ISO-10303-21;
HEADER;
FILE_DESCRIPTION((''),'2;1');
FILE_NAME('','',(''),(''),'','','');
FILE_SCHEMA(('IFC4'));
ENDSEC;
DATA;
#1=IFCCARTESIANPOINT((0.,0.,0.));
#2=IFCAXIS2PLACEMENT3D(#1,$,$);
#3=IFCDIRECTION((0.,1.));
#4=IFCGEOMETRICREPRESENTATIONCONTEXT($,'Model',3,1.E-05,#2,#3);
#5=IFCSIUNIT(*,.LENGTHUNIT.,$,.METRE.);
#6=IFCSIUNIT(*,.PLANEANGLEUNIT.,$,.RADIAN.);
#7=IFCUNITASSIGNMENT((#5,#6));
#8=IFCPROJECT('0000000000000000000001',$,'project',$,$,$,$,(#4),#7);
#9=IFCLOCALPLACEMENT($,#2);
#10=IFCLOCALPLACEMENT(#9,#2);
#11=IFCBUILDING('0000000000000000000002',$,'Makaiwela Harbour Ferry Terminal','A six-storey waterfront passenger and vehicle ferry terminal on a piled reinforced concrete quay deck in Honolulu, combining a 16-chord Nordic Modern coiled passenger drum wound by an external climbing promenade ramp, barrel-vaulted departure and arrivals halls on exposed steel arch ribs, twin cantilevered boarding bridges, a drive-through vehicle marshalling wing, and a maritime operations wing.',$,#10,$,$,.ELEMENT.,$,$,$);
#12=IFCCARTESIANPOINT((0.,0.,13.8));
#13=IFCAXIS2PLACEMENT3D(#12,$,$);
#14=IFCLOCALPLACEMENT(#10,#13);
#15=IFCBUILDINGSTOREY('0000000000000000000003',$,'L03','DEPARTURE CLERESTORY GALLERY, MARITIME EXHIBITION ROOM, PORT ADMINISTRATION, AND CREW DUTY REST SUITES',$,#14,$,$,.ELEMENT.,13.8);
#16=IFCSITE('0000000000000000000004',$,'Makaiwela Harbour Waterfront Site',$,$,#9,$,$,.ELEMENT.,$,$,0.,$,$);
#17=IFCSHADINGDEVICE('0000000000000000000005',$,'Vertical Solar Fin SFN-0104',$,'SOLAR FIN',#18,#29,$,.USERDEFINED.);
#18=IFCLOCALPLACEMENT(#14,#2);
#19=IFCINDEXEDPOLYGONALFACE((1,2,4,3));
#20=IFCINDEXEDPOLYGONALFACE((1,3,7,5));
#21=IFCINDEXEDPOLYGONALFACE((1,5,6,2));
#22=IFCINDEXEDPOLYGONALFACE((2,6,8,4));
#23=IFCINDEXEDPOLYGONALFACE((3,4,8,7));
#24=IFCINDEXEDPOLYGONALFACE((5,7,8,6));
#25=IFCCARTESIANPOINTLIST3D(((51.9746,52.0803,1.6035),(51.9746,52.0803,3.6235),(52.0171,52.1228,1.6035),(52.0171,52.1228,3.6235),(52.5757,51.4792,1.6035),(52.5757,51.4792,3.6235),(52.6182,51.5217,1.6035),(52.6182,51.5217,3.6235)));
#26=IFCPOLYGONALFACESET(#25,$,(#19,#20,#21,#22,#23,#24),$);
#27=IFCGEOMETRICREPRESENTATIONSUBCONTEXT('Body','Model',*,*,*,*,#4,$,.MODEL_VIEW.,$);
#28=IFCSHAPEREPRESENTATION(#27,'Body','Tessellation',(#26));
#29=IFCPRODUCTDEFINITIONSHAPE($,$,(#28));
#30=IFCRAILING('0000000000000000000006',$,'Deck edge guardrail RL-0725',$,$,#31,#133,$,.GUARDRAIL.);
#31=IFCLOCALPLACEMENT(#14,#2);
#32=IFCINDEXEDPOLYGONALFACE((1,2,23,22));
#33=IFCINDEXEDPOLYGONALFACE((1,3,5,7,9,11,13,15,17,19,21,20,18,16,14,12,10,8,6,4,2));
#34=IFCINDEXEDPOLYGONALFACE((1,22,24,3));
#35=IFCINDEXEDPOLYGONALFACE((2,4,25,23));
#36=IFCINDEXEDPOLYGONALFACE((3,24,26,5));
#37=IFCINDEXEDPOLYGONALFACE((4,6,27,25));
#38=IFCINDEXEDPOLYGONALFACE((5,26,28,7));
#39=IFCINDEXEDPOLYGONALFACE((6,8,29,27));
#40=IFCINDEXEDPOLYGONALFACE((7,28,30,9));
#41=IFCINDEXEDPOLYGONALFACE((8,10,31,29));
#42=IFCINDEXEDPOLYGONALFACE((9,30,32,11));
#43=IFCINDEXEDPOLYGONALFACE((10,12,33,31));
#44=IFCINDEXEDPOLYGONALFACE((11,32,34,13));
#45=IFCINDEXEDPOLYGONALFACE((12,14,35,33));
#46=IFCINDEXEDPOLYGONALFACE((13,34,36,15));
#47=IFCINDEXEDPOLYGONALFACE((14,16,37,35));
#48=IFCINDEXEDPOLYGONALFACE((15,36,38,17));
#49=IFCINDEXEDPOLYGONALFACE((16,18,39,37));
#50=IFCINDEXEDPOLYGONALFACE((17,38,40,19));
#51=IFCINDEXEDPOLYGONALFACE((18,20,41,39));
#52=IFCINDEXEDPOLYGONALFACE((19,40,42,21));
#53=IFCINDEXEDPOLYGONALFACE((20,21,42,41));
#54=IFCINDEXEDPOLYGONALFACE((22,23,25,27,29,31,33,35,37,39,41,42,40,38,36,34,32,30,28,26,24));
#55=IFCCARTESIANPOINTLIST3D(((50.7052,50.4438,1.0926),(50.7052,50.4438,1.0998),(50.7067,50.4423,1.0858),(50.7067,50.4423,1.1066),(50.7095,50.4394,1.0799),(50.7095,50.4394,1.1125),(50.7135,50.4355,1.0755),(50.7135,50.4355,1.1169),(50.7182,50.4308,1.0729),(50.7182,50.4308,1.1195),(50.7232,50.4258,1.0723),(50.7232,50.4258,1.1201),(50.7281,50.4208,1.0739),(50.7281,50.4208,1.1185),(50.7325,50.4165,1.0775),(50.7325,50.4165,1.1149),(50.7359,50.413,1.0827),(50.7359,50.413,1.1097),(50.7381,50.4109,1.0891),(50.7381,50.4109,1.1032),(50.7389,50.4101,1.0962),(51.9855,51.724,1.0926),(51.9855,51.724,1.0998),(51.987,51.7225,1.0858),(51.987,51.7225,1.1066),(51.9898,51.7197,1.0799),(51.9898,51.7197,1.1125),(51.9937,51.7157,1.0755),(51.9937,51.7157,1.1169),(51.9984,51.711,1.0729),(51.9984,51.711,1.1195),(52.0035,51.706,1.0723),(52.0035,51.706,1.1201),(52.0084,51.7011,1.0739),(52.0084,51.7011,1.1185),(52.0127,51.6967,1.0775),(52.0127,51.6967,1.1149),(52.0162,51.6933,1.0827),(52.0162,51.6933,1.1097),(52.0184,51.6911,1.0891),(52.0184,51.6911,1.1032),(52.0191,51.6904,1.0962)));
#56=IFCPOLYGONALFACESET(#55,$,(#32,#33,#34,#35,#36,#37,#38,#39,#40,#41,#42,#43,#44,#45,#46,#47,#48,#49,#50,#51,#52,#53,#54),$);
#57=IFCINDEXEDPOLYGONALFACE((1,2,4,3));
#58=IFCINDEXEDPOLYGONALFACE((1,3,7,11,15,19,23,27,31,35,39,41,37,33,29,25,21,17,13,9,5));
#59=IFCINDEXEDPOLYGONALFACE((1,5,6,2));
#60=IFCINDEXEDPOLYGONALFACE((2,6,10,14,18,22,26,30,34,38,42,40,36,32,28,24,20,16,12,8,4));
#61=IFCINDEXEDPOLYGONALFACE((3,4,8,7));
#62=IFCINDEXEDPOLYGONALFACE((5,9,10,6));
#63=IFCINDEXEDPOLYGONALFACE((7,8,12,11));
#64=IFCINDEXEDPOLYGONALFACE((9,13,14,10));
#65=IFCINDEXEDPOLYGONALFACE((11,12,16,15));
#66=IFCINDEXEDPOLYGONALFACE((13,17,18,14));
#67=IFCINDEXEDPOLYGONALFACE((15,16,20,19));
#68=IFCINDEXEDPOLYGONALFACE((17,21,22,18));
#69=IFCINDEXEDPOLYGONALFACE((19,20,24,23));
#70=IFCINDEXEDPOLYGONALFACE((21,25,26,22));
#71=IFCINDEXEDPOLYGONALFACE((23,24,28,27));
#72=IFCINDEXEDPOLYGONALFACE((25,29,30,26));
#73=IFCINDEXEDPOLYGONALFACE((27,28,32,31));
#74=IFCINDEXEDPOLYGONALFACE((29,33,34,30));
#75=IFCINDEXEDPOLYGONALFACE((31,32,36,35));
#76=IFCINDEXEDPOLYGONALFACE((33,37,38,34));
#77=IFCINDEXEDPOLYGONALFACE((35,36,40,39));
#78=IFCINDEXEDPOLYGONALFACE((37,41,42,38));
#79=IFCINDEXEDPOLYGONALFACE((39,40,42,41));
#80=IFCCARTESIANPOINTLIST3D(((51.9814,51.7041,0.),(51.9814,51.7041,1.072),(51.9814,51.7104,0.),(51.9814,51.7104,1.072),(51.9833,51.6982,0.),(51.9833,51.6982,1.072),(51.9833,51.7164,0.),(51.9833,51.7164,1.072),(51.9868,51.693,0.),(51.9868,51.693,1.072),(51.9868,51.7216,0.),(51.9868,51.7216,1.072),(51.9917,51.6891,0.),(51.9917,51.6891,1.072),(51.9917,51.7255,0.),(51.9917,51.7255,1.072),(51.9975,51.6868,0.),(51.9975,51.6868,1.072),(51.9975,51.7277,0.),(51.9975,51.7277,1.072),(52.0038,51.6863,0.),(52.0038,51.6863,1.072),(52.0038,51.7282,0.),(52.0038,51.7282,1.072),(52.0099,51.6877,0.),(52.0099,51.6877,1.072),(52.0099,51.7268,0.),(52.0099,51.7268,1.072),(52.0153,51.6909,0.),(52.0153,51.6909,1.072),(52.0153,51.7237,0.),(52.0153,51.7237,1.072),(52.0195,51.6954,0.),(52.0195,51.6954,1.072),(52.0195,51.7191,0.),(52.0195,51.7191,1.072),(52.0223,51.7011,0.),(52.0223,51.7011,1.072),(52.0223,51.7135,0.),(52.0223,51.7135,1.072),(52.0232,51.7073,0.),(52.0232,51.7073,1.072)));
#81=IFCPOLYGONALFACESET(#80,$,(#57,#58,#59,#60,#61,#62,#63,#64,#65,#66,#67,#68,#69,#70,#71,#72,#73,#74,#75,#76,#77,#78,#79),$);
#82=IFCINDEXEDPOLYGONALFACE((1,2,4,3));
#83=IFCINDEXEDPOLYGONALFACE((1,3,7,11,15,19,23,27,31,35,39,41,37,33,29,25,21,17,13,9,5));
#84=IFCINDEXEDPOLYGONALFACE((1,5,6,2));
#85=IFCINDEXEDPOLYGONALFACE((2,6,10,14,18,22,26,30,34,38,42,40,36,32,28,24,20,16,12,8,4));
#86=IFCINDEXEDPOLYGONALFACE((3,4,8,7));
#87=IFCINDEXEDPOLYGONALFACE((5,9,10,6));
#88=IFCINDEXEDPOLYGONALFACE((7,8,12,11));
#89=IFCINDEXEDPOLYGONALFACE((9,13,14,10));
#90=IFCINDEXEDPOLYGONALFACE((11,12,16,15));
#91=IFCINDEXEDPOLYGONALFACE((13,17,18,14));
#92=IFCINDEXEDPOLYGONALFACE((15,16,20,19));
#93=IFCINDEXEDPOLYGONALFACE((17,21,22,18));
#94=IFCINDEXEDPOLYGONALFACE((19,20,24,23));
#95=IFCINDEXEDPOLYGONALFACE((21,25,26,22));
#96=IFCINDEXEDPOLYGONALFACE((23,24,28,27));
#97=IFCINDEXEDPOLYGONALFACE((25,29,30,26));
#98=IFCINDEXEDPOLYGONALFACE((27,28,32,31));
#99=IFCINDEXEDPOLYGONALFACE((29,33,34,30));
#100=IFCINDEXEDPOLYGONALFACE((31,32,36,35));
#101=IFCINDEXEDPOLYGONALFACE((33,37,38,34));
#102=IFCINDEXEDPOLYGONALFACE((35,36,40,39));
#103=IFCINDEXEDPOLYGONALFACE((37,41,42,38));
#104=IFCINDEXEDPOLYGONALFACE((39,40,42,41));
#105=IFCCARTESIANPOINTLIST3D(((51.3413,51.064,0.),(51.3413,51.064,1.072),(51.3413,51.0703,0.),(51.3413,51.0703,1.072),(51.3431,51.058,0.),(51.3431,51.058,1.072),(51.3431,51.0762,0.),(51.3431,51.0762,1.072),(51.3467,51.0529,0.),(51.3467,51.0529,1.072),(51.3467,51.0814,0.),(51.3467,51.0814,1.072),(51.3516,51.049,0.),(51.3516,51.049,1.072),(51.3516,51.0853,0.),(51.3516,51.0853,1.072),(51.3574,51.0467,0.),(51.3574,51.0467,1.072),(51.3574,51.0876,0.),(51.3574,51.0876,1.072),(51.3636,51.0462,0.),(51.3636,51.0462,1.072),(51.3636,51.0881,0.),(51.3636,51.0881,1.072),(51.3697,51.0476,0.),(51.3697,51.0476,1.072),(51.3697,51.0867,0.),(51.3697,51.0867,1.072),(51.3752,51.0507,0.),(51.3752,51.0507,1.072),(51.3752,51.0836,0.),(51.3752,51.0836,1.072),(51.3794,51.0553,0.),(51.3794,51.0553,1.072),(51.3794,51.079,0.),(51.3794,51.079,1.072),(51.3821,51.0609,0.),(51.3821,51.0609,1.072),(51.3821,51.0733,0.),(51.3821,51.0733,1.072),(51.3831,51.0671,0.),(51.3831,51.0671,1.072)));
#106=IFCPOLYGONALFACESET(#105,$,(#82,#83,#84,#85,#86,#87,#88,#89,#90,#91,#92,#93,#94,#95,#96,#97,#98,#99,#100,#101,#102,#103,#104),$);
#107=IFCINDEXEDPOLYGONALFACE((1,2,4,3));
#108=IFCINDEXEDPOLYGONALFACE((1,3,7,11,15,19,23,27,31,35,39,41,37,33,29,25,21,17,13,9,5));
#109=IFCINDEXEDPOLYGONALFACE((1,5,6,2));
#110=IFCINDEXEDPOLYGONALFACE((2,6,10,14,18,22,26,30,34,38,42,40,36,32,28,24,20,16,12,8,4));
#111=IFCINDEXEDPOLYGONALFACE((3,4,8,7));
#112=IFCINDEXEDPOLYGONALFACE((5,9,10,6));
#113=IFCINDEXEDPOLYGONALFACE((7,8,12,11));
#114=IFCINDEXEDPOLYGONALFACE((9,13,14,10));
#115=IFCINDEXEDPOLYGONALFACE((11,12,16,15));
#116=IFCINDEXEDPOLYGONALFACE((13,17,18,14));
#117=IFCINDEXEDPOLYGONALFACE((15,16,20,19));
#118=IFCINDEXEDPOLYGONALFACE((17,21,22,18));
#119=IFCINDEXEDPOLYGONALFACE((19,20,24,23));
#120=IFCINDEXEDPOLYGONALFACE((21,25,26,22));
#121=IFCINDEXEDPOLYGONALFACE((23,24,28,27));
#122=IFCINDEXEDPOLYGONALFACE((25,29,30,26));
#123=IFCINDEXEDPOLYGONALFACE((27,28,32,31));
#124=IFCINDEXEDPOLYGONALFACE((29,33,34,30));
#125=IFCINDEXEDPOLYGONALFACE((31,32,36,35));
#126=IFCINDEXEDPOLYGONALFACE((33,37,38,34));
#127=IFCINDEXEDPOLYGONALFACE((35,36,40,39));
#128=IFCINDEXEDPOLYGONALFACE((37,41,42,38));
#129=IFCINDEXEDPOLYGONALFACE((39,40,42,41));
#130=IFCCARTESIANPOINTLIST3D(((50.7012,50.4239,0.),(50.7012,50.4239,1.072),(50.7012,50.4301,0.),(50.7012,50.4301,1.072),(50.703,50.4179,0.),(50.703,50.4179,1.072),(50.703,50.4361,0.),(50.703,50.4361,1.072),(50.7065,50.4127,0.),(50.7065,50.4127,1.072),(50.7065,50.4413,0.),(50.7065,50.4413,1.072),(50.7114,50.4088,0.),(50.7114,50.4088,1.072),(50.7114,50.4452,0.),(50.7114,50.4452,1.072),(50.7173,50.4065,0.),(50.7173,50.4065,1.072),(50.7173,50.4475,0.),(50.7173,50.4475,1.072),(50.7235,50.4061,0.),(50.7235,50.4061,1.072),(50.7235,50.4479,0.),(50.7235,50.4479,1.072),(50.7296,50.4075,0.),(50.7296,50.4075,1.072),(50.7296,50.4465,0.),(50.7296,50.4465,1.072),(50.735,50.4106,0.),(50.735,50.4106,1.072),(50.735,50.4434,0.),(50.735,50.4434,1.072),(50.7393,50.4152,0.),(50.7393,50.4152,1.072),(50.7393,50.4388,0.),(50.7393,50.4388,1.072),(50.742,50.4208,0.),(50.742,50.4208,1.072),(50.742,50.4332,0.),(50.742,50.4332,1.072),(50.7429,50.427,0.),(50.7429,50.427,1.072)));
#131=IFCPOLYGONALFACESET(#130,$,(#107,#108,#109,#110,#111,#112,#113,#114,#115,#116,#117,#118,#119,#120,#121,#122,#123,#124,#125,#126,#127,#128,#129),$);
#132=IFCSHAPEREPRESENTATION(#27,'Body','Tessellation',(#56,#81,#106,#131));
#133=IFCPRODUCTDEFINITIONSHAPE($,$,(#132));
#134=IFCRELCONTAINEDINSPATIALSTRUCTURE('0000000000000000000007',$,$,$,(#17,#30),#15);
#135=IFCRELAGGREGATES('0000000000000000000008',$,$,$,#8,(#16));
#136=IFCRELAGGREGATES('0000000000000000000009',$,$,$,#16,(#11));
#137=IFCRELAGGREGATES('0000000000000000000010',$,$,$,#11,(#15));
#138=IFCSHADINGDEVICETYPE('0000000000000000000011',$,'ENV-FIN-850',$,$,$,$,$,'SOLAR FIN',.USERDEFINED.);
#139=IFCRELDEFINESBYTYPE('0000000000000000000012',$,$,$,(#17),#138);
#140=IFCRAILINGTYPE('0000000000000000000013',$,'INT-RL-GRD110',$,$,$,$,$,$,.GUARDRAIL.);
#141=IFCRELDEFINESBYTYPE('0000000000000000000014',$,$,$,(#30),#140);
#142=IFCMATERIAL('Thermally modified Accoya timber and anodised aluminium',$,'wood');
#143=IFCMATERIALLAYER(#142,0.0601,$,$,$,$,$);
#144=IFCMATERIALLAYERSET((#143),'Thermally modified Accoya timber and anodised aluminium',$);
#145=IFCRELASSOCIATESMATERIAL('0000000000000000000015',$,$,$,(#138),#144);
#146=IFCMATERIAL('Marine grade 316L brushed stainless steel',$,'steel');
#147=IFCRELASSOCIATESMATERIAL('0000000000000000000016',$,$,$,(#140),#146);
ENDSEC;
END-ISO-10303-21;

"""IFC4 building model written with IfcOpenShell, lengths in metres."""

from ifc_helpers import new_model, si_unit, direction, frame, origin, origin_2d, place, context, subcontext, project, spatial, rectangle, circle, extrude, material, layer, layer_set, type_object, element, save


model = new_model("IFC4")

# Units and contexts
model_context = context("Model", 3, precision=1e-05, world=origin(), true_north=direction((0.0, 1.0)))
body_context = subcontext(model_context, "Body", "Model", "MODEL_VIEW")
ifc_project = project(units=[si_unit("LENGTHUNIT", "METRE"), si_unit("PLANEANGLEUNIT", "RADIAN")], contexts=[model_context])

# Site, building, storey
site_placement = place(None, origin())
site = spatial("IfcSite", under=ifc_project, at=site_placement, Name="Makaiwela Harbour Waterfront Site", CompositionType="ELEMENT", RefElevation=0.0)
building_placement = place(site_placement, origin())
building = spatial("IfcBuilding", under=site, at=building_placement, Name="Makaiwela Harbour Ferry Terminal", Description="A six-storey waterfront passenger and vehicle ferry terminal on a piled reinforced concrete quay deck in Honolulu, combining a 16-chord Nordic Modern coiled passenger drum wound by an external climbing promenade ramp, barrel-vaulted departure and arrivals halls on exposed steel arch ribs, twin cantilevered boarding bridges, a drive-through vehicle marshalling wing, and a maritime operations wing.", CompositionType="ELEMENT")
storey_placement = place(building_placement, frame((0.0, 0.0, 13.8)))
storey = spatial("IfcBuildingStorey", under=building, at=storey_placement, Name="L03", Description="DEPARTURE CLERESTORY GALLERY, MARITIME EXHIBITION ROOM, PORT ADMINISTRATION, AND CREW DUTY REST SUITES", CompositionType="ELEMENT", Elevation=13.8)

# Shading device
ifc_material_1 = material(Name="Thermally modified Accoya timber and anodised aluminium", Category="wood")
ifc_layer_1 = layer(ifc_material_1, 0.0601)
ifc_layer_set_1 = layer_set([ifc_layer_1], Name="Thermally modified Accoya timber and anodised aluminium")
shading_device_type = type_object("IfcShadingDeviceType", Name="ENV-FIN-850", ElementType="SOLAR FIN", PredefinedType="USERDEFINED", material=ifc_layer_set_1)
for number, where, z_axis, x_axis, name in (
    (1, (52.2964, 51.801, 1.6035), (0.0, 0.0, 1.0), (0.707107, -0.707107, 0.0), "Vertical Solar Fin SFN-0104"),
):
    element("IfcShadingDevice", number, at=place(storey_placement, frame(where, z_axis=z_axis, x_axis=x_axis)), inside=storey, type_object=shading_device_type, Name=name, ObjectType="SOLAR FIN", PredefinedType="USERDEFINED", context=body_context, shape_type="SweptSolid", body=[
        extrude(rectangle(XDim=0.8501, YDim=0.0601, at=origin_2d()), origin(), (0.0, 0.0, 1.0), 2.02),
    ])

# Railing
ifc_material_2 = material(Name="Marine grade 316L brushed stainless steel", Category="steel")
railing_type = type_object("IfcRailingType", Name="INT-RL-GRD110", PredefinedType="GUARDRAIL", material=ifc_material_2)
railing_1_placement = place(storey_placement, frame((52.0022, 51.7073, 0.0)))
element("IfcRailing", 2, at=railing_1_placement, inside=storey, type_object=railing_type, Name="Deck edge guardrail RL-0725", PredefinedType="GUARDRAIL", context=body_context, shape_type="SweptSolid", body=[
    extrude(circle(Radius=0.0239, at=origin_2d()), frame((0.0, 0.0, 1.0962), z_axis=(-0.707107, -0.707107, 0.0), x_axis=(0.707107, -0.707107, 0.0)), (0.0, 0.0, 1.0), 1.8105),
    extrude(circle(Radius=0.021, at=origin_2d()), origin(), (0.0, 0.0, 1.0), 1.072),
    extrude(circle(Radius=0.021, at=origin_2d()), frame((-0.6401, -0.6401, 0.0)), (0.0, 0.0, 1.0), 1.072),
    extrude(circle(Radius=0.021, at=origin_2d()), frame((-1.2803, -1.2803, 0.0)), (0.0, 0.0, 1.0), 1.072),
])

save(model, "model.ifc")
